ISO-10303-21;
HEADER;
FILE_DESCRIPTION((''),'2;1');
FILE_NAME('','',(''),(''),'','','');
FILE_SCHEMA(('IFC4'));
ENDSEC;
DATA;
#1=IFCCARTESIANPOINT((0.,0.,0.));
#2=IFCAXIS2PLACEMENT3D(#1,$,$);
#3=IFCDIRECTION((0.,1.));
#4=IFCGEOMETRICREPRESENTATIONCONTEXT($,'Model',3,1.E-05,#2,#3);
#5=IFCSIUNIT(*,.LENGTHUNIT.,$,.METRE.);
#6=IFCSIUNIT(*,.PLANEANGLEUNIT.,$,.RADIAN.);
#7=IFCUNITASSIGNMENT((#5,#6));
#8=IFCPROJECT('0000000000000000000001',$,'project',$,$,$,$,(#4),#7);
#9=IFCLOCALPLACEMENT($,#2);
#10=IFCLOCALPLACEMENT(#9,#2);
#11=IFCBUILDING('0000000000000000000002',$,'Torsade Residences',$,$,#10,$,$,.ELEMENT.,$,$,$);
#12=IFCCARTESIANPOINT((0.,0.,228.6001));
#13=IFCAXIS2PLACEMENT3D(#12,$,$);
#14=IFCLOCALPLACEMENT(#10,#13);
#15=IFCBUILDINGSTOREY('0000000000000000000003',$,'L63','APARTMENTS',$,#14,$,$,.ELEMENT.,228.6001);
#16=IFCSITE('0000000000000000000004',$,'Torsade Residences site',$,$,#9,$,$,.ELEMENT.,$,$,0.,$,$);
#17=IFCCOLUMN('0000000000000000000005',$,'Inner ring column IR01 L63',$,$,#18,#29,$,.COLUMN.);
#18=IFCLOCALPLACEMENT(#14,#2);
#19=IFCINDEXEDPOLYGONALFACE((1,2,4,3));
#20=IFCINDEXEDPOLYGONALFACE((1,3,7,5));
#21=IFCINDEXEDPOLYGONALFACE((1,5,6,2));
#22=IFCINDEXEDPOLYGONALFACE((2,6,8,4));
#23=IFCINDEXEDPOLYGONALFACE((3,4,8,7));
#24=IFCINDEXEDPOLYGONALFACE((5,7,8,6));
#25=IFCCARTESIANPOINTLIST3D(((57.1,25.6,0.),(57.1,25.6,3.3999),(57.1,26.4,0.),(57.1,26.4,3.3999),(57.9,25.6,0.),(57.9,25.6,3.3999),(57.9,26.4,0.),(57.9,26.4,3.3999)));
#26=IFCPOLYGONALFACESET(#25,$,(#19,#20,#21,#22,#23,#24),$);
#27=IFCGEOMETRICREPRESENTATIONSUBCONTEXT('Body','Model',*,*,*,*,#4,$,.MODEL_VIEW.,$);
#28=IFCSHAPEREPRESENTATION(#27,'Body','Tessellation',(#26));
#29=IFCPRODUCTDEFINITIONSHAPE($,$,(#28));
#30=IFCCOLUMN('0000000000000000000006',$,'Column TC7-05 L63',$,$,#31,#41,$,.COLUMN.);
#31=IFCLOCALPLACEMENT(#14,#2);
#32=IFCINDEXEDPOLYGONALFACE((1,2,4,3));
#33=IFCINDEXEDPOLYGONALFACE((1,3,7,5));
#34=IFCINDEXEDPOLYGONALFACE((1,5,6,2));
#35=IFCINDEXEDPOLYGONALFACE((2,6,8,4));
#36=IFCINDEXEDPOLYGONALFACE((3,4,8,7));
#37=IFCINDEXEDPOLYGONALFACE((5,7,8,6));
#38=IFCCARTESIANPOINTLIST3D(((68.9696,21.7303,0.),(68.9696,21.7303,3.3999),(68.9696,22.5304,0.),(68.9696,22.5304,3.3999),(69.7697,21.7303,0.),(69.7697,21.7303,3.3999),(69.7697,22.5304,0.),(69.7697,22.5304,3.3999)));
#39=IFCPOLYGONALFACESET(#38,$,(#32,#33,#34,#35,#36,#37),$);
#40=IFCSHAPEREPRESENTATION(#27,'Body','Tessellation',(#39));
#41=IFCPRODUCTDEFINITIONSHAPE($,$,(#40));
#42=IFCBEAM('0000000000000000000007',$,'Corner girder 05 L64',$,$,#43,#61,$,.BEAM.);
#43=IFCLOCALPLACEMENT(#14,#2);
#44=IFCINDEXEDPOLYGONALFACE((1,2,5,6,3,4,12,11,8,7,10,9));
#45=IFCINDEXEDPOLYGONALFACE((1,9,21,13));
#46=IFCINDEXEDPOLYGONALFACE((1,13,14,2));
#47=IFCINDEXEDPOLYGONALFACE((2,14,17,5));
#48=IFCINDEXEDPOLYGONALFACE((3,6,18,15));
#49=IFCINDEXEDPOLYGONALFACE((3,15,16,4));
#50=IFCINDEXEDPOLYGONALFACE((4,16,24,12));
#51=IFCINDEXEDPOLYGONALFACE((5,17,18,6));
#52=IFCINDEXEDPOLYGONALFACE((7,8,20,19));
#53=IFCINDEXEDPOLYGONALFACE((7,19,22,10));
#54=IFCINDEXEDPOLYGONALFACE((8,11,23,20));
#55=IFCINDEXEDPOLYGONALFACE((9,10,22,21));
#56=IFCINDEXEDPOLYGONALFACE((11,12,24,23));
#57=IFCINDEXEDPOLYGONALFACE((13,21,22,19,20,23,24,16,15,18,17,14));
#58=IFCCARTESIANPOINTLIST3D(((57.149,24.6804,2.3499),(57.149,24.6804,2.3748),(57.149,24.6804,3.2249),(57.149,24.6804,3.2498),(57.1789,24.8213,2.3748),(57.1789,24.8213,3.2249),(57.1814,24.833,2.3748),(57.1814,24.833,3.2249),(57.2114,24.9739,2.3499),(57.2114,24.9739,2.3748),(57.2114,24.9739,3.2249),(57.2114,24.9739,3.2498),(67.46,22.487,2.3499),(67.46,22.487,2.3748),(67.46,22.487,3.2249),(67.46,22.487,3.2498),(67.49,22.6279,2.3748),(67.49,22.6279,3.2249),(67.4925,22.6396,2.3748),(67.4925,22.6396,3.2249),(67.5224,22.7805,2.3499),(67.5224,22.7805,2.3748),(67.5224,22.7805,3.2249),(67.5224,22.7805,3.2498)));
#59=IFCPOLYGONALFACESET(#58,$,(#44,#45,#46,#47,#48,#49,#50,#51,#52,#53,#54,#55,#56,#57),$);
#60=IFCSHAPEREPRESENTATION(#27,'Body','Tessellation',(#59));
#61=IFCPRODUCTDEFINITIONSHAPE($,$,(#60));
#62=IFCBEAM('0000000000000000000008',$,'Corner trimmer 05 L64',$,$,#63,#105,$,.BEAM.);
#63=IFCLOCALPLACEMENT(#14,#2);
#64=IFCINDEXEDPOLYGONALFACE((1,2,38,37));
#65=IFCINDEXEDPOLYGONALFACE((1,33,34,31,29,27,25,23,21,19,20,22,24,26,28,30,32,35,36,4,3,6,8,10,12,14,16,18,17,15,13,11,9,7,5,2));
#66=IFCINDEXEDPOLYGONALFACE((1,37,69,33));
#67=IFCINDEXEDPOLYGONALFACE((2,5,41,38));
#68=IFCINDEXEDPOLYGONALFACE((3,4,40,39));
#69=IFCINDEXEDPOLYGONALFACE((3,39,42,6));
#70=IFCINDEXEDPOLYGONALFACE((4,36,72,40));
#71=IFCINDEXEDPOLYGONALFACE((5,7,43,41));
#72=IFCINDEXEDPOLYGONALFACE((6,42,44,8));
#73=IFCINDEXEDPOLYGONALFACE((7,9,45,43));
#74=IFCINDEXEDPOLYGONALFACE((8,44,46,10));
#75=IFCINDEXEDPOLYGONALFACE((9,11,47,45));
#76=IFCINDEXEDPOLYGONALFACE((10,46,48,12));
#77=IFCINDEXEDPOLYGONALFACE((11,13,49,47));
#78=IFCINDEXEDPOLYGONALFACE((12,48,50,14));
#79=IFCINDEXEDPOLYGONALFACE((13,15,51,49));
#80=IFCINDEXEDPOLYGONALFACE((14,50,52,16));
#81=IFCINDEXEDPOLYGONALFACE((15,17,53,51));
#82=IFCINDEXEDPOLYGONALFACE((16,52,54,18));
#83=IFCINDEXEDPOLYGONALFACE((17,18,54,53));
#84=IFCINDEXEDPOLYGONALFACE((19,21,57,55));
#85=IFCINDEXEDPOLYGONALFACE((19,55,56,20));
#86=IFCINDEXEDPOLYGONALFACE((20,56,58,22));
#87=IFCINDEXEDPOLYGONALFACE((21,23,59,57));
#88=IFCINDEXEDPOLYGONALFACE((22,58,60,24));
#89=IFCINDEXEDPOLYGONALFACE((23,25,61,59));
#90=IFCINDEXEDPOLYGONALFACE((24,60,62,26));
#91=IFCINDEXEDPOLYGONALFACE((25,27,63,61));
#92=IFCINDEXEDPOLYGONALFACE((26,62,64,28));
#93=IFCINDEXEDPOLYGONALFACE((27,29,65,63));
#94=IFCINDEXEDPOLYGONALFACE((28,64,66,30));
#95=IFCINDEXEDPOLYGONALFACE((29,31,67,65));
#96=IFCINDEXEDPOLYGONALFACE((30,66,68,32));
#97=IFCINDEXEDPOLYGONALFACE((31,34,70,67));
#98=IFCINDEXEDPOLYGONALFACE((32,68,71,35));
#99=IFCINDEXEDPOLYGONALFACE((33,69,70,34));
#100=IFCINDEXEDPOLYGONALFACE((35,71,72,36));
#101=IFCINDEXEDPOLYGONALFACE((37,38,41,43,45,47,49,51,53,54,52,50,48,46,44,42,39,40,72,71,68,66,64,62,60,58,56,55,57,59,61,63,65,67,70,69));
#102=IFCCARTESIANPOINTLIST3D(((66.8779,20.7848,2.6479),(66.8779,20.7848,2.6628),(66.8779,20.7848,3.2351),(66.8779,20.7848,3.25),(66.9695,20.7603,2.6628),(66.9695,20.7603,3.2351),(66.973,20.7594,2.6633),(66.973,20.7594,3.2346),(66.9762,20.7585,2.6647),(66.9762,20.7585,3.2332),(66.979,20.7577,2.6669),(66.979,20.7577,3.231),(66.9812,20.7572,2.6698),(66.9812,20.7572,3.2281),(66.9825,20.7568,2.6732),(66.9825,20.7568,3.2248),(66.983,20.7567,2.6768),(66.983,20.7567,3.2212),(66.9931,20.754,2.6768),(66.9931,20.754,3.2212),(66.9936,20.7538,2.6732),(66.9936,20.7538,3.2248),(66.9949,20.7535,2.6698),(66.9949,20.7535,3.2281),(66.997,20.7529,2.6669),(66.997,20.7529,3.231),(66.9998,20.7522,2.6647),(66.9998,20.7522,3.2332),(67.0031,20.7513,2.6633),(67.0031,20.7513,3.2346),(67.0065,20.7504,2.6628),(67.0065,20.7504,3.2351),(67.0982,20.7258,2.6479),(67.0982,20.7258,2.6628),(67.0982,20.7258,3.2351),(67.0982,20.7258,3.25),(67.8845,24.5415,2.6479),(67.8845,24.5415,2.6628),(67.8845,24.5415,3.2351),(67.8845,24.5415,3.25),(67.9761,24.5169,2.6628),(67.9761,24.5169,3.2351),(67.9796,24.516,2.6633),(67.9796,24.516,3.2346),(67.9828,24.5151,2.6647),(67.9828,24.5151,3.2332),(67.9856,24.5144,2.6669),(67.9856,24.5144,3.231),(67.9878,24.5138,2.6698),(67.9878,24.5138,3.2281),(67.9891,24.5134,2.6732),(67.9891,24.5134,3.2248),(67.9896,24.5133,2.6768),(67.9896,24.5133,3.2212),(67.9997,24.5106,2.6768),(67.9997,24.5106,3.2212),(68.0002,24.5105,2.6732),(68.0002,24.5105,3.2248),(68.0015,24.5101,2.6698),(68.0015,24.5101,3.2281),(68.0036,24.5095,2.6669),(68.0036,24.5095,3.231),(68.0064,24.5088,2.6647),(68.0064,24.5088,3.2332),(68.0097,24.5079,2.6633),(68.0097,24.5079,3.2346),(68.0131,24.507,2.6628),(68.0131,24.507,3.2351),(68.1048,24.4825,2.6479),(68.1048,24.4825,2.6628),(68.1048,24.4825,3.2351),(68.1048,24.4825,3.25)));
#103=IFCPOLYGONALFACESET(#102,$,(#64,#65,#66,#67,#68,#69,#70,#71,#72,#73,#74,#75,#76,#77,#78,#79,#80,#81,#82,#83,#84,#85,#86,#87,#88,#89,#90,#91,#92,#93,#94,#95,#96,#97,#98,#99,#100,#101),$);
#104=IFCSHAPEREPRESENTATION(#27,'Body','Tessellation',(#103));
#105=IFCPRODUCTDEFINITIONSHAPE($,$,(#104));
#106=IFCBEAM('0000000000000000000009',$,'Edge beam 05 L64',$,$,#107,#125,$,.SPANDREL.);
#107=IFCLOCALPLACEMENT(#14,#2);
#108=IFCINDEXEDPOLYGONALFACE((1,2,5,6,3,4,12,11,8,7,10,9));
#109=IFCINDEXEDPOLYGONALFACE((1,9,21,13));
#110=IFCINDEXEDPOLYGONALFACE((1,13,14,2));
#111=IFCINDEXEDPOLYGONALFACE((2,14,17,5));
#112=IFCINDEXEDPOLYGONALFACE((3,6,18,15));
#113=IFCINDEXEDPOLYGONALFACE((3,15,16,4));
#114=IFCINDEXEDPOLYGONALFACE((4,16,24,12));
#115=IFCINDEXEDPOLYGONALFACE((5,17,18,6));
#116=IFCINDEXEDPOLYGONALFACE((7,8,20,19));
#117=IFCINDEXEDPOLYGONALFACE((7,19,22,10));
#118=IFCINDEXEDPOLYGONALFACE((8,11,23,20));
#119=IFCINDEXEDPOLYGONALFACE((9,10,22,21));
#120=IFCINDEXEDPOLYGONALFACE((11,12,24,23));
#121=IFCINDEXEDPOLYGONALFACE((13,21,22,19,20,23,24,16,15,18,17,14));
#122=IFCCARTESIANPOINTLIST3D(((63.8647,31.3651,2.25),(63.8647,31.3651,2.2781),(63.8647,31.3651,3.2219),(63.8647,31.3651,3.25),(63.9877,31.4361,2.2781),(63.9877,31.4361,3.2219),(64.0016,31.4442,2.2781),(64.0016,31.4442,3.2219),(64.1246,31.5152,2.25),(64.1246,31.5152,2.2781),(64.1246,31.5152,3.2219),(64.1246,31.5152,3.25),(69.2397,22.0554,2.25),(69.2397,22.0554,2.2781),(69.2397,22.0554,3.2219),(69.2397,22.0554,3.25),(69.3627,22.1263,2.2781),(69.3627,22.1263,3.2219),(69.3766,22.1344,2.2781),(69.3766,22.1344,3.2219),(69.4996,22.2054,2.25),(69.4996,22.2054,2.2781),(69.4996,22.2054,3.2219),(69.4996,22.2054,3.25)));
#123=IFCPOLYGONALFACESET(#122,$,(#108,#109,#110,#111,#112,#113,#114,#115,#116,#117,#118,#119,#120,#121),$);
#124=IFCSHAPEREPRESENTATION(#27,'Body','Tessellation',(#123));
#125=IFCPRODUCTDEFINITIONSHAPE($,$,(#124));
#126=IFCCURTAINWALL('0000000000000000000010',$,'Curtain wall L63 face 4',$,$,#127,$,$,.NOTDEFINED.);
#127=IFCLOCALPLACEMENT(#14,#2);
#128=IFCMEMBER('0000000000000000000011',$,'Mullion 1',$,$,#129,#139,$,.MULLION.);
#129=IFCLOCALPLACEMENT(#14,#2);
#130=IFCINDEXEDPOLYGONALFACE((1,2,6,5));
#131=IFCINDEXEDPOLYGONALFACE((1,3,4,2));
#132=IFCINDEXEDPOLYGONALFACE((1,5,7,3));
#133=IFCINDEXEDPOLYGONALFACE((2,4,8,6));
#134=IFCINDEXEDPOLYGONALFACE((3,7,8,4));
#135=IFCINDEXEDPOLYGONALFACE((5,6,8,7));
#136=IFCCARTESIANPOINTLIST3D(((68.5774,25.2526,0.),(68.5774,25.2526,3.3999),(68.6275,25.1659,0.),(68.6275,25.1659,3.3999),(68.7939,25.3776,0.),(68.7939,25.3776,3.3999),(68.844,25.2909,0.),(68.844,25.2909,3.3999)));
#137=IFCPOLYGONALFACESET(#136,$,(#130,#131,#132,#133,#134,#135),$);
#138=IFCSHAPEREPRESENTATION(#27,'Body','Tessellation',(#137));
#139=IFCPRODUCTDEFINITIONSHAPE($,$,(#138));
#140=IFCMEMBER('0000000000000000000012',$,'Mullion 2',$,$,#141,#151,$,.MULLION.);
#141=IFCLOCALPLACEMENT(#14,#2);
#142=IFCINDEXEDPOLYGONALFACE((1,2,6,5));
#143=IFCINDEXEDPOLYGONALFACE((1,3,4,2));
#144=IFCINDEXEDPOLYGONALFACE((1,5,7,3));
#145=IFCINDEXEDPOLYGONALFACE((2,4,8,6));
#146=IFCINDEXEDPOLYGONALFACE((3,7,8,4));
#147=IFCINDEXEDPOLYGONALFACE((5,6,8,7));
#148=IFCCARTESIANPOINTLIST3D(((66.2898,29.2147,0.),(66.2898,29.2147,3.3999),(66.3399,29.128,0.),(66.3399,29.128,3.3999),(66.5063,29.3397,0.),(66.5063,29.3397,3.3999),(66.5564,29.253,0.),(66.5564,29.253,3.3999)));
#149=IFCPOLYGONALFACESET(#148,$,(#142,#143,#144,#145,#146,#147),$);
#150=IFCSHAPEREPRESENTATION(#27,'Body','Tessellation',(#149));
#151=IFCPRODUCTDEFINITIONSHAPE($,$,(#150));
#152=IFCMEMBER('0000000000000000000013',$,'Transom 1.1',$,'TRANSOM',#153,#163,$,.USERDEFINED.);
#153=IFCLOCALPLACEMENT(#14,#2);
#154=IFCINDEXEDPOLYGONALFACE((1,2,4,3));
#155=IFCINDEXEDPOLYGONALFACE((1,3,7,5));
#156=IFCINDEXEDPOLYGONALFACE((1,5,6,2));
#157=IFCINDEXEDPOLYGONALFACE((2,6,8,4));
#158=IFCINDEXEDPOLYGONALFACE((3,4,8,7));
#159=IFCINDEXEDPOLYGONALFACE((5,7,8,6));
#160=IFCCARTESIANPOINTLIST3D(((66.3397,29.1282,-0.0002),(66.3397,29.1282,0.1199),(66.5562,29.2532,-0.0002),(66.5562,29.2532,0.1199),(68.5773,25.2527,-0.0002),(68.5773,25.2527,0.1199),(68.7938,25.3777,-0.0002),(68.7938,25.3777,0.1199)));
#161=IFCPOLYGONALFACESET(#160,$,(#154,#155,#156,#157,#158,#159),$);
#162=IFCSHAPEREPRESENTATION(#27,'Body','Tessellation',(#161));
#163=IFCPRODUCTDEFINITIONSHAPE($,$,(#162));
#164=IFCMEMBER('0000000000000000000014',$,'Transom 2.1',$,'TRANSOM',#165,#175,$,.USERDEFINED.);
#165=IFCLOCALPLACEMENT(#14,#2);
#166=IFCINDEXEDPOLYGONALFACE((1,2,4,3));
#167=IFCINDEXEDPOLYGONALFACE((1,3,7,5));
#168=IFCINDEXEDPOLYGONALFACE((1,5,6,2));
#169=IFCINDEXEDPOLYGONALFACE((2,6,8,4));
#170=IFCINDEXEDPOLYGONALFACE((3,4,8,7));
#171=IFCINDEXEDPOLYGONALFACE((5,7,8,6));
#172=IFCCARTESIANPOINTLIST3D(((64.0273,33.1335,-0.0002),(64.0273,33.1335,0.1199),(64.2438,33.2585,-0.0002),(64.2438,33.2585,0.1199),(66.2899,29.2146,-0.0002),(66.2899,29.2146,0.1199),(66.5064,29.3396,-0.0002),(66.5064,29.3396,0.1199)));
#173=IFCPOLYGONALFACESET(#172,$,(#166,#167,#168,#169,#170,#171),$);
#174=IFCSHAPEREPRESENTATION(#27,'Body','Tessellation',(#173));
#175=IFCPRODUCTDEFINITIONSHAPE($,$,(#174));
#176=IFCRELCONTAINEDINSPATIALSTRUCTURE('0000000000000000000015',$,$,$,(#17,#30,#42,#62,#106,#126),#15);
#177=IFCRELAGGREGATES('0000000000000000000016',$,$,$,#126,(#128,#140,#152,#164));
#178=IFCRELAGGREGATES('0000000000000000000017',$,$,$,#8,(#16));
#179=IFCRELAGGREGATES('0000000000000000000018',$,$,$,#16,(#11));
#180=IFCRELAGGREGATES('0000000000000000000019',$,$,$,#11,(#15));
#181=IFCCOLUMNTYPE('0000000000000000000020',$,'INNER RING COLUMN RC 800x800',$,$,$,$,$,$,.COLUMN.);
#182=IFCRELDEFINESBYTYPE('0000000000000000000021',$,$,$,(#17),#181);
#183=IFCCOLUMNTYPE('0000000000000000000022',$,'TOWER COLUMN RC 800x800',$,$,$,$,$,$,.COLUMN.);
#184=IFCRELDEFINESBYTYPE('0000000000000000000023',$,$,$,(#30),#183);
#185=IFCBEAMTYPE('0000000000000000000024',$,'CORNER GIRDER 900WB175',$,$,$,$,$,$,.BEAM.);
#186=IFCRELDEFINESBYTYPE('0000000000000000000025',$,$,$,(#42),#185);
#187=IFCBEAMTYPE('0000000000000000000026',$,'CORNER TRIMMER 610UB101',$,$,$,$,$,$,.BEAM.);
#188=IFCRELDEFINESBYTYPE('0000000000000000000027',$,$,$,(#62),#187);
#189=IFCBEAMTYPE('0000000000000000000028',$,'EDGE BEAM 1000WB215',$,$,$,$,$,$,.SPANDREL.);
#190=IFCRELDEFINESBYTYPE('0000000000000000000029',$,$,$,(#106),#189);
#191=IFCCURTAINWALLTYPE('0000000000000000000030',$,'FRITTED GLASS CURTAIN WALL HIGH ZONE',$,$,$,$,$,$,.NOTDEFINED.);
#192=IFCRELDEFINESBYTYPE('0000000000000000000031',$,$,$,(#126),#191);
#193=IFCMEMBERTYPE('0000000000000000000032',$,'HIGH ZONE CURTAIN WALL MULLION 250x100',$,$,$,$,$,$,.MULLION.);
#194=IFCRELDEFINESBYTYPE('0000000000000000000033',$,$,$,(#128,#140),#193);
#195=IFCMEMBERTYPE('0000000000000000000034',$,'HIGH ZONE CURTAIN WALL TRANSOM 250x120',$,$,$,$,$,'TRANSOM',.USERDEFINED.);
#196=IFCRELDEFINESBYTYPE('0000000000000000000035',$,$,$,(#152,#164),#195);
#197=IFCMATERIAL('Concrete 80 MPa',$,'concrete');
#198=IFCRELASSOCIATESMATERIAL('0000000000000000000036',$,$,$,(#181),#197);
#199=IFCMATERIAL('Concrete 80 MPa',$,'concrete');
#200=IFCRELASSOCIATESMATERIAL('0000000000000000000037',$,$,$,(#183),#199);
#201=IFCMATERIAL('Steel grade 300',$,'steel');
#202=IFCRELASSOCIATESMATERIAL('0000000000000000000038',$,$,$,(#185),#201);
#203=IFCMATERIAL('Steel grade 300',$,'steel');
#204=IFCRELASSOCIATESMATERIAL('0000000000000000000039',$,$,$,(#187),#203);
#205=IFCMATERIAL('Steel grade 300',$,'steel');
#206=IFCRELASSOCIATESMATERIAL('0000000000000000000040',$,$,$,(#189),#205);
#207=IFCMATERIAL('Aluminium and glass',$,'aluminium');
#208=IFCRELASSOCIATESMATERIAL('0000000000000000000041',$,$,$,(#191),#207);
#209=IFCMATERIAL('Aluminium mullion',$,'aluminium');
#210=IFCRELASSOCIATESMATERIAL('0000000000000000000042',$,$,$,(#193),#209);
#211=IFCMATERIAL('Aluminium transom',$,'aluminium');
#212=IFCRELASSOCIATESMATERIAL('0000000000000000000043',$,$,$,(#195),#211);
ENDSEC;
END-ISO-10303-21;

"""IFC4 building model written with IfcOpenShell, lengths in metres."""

from ifc_helpers import new_model, si_unit, direction, frame, origin, origin_2d, place, context, subcontext, project, spatial, rectangle, i_section, extrude, material, material_profile, profile_set, type_object, element, aggregate, save


model = new_model("IFC4")

# Units and contexts
model_context = context("Model", 3, precision=1e-05, world=origin(), true_north=direction((0.0, 1.0)))
body_context = subcontext(model_context, "Body", "Model", "MODEL_VIEW")
ifc_project = project(units=[si_unit("LENGTHUNIT", "METRE"), si_unit("PLANEANGLEUNIT", "RADIAN")], contexts=[model_context])

# Site, building, storey
site_placement = place(None, origin())
site = spatial("IfcSite", under=ifc_project, at=site_placement, Name="Torsade Residences site", CompositionType="ELEMENT", RefElevation=0.0)
building_placement = place(site_placement, origin())
building = spatial("IfcBuilding", under=site, at=building_placement, Name="Torsade Residences", CompositionType="ELEMENT")
storey_placement = place(building_placement, frame((0.0, 0.0, 228.6001)))
storey = spatial("IfcBuildingStorey", under=building, at=storey_placement, Name="L63", Description="APARTMENTS", CompositionType="ELEMENT", Elevation=228.6001)

# Columns
ifc_material_1 = material(Name="Concrete 80 MPa", Category="concrete")
ifc_material_profile_1 = material_profile(ifc_material_1, rectangle(XDim=0.8, YDim=0.8, at=origin_2d()), Name="RC 800x800")
ifc_profile_set_1 = profile_set([ifc_material_profile_1], Name="Concrete 80 MPa")
column_type_1 = type_object("IfcColumnType", Name="INNER RING COLUMN RC 800x800", PredefinedType="COLUMN", material=ifc_profile_set_1)
column_1_placement = place(storey_placement, frame((57.5, 26.0, 0.0), z_axis=(0.0, 0.0, 1.0), x_axis=(1.0, 0.0, 0.0)))
element("IfcColumn", 1, at=column_1_placement, inside=storey, type_object=column_type_1, Name="Inner ring column IR01 L63", PredefinedType="COLUMN", context=body_context, shape_type="SweptSolid", body=[
    extrude(rectangle(XDim=0.8, YDim=0.8, at=origin_2d()), origin(), (0.0, 0.0, 1.0), 3.3999),
])
ifc_material_2 = material(Name="Concrete 80 MPa", Category="concrete")
ifc_material_profile_2 = material_profile(ifc_material_2, rectangle(XDim=0.8, YDim=0.8, at=origin_2d()), Name="RC 800x800")
ifc_profile_set_2 = profile_set([ifc_material_profile_2], Name="Concrete 80 MPa")
column_type_2 = type_object("IfcColumnType", Name="TOWER COLUMN RC 800x800", PredefinedType="COLUMN", material=ifc_profile_set_2)
column_2_placement = place(storey_placement, frame((69.3696, 22.1304, 0.0), z_axis=(0.0, 0.0, 1.0), x_axis=(1.0, 0.0, 0.0)))
element("IfcColumn", 2, at=column_2_placement, inside=storey, type_object=column_type_2, Name="Column TC7-05 L63", PredefinedType="COLUMN", context=body_context, shape_type="SweptSolid", body=[
    extrude(rectangle(XDim=0.8, YDim=0.8, at=origin_2d()), origin(), (0.0, 0.0, 1.0), 3.3999),
])

# Beams
ifc_material_3 = material(Name="Steel grade 300", Category="steel")
ifc_material_profile_3 = material_profile(ifc_material_3, i_section(OverallWidth=0.3, OverallDepth=0.8999, WebThickness=0.012, FlangeThickness=0.0249, at=origin_2d()), Name="900WB175")
ifc_profile_set_3 = profile_set([ifc_material_profile_3], Name="Steel grade 300")
beam_type_1 = type_object("IfcBeamType", Name="CORNER GIRDER 900WB175", PredefinedType="BEAM", material=ifc_profile_set_3)
beam_1_placement = place(storey_placement, frame((67.4912, 22.6338, 2.7998), z_axis=(-0.978115, 0.208064, 0.0), x_axis=(-0.208064, -0.978115, 0.0)))
element("IfcBeam", 3, at=beam_1_placement, inside=storey, type_object=beam_type_1, Name="Corner girder 05 L64", PredefinedType="BEAM", context=body_context, shape_type="SweptSolid", body=[
    extrude(i_section(OverallWidth=0.3, OverallDepth=0.8999, WebThickness=0.012, FlangeThickness=0.0249, at=origin_2d()), origin(), (0.0, 0.0, 1.0), 10.5417),
])
ifc_material_4 = material(Name="Steel grade 300", Category="steel")
ifc_material_profile_4 = material_profile(ifc_material_4, i_section(OverallWidth=0.228, OverallDepth=0.6021, WebThickness=0.0105, FlangeThickness=0.0149, FilletRadius=0.0139, at=origin_2d()), Name="610UB101")
ifc_profile_set_4 = profile_set([ifc_material_profile_4], Name="Steel grade 300")
beam_type_2 = type_object("IfcBeamType", Name="CORNER TRIMMER 610UB101", PredefinedType="BEAM", material=ifc_profile_set_4)
beam_2_placement = place(storey_placement, frame((67.9946, 24.512, 2.949), z_axis=(-0.258823, -0.965925, 0.0), x_axis=(0.965925, -0.258823, 0.0)))
element("IfcBeam", 4, at=beam_2_placement, inside=storey, type_object=beam_type_2, Name="Corner trimmer 05 L64", PredefinedType="BEAM", context=body_context, shape_type="SweptSolid", body=[
    extrude(i_section(OverallWidth=0.228, OverallDepth=0.6021, WebThickness=0.0105, FlangeThickness=0.0149, FilletRadius=0.0139, at=origin_2d()), origin(), (0.0, 0.0, 1.0), 3.8892),
])
ifc_material_5 = material(Name="Steel grade 300", Category="steel")
ifc_material_profile_5 = material_profile(ifc_material_5, i_section(OverallWidth=0.3, OverallDepth=1.0, WebThickness=0.0161, FlangeThickness=0.0281, at=origin_2d()), Name="1000WB215")
ifc_profile_set_5 = profile_set([ifc_material_profile_5], Name="Steel grade 300")
beam_type_3 = type_object("IfcBeamType", Name="EDGE BEAM 1000WB215", PredefinedType="SPANDREL", material=ifc_profile_set_5)
beam_3_placement = place(storey_placement, frame((69.3696, 22.1304, 2.75), z_axis=(-0.499998, 0.866026, 0.0), x_axis=(-0.866026, -0.499998, 0.0)))
element("IfcBeam", 5, at=beam_3_placement, inside=storey, type_object=beam_type_3, Name="Edge beam 05 L64", PredefinedType="SPANDREL", context=body_context, shape_type="SweptSolid", body=[
    extrude(i_section(OverallWidth=0.3, OverallDepth=1.0, WebThickness=0.0161, FlangeThickness=0.0281, at=origin_2d()), origin(), (0.0, 0.0, 1.0), 10.75),
])

# Curtain wall, members
ifc_material_6 = material(Name="Aluminium and glass", Category="aluminium")
curtain_wall_type = type_object("IfcCurtainWallType", Name="FRITTED GLASS CURTAIN WALL HIGH ZONE", PredefinedType="NOTDEFINED", material=ifc_material_6)
curtain_wall_placement = place(storey_placement, origin())
curtain_wall = element("IfcCurtainWall", 6, at=curtain_wall_placement, inside=storey, type_object=curtain_wall_type, Name="Curtain wall L63 face 4", PredefinedType="NOTDEFINED")
ifc_material_7 = material(Name="Aluminium mullion", Category="aluminium")
ifc_material_profile_6 = material_profile(ifc_material_7, rectangle(XDim=0.25, YDim=0.1001, at=origin_2d()), Name="HIGH ZONE CURTAIN WALL MULLION 250x100")
ifc_profile_set_6 = profile_set([ifc_material_profile_6], Name="Aluminium mullion")
member_type_1 = type_object("IfcMemberType", Name="HIGH ZONE CURTAIN WALL MULLION 250x100", PredefinedType="MULLION", material=ifc_profile_set_6)
member_1_placement = place(storey_placement, frame((68.7107, 25.2717, 0.0), z_axis=(0.0, 0.0, 1.0), x_axis=(-0.866025, -0.5, 0.0)))
member_1 = element("IfcMember", 7, at=member_1_placement, type_object=member_type_1, Name="Mullion 1", PredefinedType="MULLION", context=body_context, shape_type="SweptSolid", body=[
    extrude(rectangle(XDim=0.25, YDim=0.1001, at=origin_2d()), origin(), (0.0, 0.0, 1.0), 3.3999),
])
member_2_placement = place(storey_placement, frame((66.4231, 29.2339, 0.0), z_axis=(0.0, 0.0, 1.0), x_axis=(-0.866025, -0.5, 0.0)))
member_2 = element("IfcMember", 8, at=member_2_placement, type_object=member_type_1, Name="Mullion 2", PredefinedType="MULLION", context=body_context, shape_type="SweptSolid", body=[
    extrude(rectangle(XDim=0.25, YDim=0.1001, at=origin_2d()), origin(), (0.0, 0.0, 1.0), 3.3999),
])
ifc_material_8 = material(Name="Aluminium transom", Category="aluminium")
ifc_material_profile_7 = material_profile(ifc_material_8, rectangle(XDim=0.25, YDim=0.1201, at=origin_2d()), Name="HIGH ZONE CURTAIN WALL TRANSOM 250x120")
ifc_profile_set_7 = profile_set([ifc_material_profile_7], Name="Aluminium transom")
member_type_2 = type_object("IfcMemberType", Name="HIGH ZONE CURTAIN WALL TRANSOM 250x120", ElementType="TRANSOM", PredefinedType="USERDEFINED", material=ifc_profile_set_7)
member_3_placement = place(storey_placement, frame((68.6855, 25.3152, 0.0598), z_axis=(-0.500006, 0.866022, 0.0), x_axis=(-0.866022, -0.500006, 0.0)))
member_3 = element("IfcMember", 9, at=member_3_placement, type_object=member_type_2, Name="Transom 1.1", ObjectType="TRANSOM", PredefinedType="USERDEFINED", context=body_context, shape_type="SweptSolid", body=[
    extrude(rectangle(XDim=0.25, YDim=0.1201, at=origin_2d()), origin(), (0.0, 0.0, 1.0), 4.4751),
])
member_4_placement = place(storey_placement, frame((66.3982, 29.2771, 0.0598), z_axis=(-0.500015, 0.866017, 0.0), x_axis=(-0.866017, -0.500015, 0.0)))
member_4 = element("IfcMember", 10, at=member_4_placement, type_object=member_type_2, Name="Transom 2.1", ObjectType="TRANSOM", PredefinedType="USERDEFINED", context=body_context, shape_type="SweptSolid", body=[
    extrude(rectangle(XDim=0.25, YDim=0.1201, at=origin_2d()), origin(), (0.0, 0.0, 1.0), 4.5251),
])

aggregate(curtain_wall, [member_1, member_2, member_3, member_4])

save(model, "model.ifc")
